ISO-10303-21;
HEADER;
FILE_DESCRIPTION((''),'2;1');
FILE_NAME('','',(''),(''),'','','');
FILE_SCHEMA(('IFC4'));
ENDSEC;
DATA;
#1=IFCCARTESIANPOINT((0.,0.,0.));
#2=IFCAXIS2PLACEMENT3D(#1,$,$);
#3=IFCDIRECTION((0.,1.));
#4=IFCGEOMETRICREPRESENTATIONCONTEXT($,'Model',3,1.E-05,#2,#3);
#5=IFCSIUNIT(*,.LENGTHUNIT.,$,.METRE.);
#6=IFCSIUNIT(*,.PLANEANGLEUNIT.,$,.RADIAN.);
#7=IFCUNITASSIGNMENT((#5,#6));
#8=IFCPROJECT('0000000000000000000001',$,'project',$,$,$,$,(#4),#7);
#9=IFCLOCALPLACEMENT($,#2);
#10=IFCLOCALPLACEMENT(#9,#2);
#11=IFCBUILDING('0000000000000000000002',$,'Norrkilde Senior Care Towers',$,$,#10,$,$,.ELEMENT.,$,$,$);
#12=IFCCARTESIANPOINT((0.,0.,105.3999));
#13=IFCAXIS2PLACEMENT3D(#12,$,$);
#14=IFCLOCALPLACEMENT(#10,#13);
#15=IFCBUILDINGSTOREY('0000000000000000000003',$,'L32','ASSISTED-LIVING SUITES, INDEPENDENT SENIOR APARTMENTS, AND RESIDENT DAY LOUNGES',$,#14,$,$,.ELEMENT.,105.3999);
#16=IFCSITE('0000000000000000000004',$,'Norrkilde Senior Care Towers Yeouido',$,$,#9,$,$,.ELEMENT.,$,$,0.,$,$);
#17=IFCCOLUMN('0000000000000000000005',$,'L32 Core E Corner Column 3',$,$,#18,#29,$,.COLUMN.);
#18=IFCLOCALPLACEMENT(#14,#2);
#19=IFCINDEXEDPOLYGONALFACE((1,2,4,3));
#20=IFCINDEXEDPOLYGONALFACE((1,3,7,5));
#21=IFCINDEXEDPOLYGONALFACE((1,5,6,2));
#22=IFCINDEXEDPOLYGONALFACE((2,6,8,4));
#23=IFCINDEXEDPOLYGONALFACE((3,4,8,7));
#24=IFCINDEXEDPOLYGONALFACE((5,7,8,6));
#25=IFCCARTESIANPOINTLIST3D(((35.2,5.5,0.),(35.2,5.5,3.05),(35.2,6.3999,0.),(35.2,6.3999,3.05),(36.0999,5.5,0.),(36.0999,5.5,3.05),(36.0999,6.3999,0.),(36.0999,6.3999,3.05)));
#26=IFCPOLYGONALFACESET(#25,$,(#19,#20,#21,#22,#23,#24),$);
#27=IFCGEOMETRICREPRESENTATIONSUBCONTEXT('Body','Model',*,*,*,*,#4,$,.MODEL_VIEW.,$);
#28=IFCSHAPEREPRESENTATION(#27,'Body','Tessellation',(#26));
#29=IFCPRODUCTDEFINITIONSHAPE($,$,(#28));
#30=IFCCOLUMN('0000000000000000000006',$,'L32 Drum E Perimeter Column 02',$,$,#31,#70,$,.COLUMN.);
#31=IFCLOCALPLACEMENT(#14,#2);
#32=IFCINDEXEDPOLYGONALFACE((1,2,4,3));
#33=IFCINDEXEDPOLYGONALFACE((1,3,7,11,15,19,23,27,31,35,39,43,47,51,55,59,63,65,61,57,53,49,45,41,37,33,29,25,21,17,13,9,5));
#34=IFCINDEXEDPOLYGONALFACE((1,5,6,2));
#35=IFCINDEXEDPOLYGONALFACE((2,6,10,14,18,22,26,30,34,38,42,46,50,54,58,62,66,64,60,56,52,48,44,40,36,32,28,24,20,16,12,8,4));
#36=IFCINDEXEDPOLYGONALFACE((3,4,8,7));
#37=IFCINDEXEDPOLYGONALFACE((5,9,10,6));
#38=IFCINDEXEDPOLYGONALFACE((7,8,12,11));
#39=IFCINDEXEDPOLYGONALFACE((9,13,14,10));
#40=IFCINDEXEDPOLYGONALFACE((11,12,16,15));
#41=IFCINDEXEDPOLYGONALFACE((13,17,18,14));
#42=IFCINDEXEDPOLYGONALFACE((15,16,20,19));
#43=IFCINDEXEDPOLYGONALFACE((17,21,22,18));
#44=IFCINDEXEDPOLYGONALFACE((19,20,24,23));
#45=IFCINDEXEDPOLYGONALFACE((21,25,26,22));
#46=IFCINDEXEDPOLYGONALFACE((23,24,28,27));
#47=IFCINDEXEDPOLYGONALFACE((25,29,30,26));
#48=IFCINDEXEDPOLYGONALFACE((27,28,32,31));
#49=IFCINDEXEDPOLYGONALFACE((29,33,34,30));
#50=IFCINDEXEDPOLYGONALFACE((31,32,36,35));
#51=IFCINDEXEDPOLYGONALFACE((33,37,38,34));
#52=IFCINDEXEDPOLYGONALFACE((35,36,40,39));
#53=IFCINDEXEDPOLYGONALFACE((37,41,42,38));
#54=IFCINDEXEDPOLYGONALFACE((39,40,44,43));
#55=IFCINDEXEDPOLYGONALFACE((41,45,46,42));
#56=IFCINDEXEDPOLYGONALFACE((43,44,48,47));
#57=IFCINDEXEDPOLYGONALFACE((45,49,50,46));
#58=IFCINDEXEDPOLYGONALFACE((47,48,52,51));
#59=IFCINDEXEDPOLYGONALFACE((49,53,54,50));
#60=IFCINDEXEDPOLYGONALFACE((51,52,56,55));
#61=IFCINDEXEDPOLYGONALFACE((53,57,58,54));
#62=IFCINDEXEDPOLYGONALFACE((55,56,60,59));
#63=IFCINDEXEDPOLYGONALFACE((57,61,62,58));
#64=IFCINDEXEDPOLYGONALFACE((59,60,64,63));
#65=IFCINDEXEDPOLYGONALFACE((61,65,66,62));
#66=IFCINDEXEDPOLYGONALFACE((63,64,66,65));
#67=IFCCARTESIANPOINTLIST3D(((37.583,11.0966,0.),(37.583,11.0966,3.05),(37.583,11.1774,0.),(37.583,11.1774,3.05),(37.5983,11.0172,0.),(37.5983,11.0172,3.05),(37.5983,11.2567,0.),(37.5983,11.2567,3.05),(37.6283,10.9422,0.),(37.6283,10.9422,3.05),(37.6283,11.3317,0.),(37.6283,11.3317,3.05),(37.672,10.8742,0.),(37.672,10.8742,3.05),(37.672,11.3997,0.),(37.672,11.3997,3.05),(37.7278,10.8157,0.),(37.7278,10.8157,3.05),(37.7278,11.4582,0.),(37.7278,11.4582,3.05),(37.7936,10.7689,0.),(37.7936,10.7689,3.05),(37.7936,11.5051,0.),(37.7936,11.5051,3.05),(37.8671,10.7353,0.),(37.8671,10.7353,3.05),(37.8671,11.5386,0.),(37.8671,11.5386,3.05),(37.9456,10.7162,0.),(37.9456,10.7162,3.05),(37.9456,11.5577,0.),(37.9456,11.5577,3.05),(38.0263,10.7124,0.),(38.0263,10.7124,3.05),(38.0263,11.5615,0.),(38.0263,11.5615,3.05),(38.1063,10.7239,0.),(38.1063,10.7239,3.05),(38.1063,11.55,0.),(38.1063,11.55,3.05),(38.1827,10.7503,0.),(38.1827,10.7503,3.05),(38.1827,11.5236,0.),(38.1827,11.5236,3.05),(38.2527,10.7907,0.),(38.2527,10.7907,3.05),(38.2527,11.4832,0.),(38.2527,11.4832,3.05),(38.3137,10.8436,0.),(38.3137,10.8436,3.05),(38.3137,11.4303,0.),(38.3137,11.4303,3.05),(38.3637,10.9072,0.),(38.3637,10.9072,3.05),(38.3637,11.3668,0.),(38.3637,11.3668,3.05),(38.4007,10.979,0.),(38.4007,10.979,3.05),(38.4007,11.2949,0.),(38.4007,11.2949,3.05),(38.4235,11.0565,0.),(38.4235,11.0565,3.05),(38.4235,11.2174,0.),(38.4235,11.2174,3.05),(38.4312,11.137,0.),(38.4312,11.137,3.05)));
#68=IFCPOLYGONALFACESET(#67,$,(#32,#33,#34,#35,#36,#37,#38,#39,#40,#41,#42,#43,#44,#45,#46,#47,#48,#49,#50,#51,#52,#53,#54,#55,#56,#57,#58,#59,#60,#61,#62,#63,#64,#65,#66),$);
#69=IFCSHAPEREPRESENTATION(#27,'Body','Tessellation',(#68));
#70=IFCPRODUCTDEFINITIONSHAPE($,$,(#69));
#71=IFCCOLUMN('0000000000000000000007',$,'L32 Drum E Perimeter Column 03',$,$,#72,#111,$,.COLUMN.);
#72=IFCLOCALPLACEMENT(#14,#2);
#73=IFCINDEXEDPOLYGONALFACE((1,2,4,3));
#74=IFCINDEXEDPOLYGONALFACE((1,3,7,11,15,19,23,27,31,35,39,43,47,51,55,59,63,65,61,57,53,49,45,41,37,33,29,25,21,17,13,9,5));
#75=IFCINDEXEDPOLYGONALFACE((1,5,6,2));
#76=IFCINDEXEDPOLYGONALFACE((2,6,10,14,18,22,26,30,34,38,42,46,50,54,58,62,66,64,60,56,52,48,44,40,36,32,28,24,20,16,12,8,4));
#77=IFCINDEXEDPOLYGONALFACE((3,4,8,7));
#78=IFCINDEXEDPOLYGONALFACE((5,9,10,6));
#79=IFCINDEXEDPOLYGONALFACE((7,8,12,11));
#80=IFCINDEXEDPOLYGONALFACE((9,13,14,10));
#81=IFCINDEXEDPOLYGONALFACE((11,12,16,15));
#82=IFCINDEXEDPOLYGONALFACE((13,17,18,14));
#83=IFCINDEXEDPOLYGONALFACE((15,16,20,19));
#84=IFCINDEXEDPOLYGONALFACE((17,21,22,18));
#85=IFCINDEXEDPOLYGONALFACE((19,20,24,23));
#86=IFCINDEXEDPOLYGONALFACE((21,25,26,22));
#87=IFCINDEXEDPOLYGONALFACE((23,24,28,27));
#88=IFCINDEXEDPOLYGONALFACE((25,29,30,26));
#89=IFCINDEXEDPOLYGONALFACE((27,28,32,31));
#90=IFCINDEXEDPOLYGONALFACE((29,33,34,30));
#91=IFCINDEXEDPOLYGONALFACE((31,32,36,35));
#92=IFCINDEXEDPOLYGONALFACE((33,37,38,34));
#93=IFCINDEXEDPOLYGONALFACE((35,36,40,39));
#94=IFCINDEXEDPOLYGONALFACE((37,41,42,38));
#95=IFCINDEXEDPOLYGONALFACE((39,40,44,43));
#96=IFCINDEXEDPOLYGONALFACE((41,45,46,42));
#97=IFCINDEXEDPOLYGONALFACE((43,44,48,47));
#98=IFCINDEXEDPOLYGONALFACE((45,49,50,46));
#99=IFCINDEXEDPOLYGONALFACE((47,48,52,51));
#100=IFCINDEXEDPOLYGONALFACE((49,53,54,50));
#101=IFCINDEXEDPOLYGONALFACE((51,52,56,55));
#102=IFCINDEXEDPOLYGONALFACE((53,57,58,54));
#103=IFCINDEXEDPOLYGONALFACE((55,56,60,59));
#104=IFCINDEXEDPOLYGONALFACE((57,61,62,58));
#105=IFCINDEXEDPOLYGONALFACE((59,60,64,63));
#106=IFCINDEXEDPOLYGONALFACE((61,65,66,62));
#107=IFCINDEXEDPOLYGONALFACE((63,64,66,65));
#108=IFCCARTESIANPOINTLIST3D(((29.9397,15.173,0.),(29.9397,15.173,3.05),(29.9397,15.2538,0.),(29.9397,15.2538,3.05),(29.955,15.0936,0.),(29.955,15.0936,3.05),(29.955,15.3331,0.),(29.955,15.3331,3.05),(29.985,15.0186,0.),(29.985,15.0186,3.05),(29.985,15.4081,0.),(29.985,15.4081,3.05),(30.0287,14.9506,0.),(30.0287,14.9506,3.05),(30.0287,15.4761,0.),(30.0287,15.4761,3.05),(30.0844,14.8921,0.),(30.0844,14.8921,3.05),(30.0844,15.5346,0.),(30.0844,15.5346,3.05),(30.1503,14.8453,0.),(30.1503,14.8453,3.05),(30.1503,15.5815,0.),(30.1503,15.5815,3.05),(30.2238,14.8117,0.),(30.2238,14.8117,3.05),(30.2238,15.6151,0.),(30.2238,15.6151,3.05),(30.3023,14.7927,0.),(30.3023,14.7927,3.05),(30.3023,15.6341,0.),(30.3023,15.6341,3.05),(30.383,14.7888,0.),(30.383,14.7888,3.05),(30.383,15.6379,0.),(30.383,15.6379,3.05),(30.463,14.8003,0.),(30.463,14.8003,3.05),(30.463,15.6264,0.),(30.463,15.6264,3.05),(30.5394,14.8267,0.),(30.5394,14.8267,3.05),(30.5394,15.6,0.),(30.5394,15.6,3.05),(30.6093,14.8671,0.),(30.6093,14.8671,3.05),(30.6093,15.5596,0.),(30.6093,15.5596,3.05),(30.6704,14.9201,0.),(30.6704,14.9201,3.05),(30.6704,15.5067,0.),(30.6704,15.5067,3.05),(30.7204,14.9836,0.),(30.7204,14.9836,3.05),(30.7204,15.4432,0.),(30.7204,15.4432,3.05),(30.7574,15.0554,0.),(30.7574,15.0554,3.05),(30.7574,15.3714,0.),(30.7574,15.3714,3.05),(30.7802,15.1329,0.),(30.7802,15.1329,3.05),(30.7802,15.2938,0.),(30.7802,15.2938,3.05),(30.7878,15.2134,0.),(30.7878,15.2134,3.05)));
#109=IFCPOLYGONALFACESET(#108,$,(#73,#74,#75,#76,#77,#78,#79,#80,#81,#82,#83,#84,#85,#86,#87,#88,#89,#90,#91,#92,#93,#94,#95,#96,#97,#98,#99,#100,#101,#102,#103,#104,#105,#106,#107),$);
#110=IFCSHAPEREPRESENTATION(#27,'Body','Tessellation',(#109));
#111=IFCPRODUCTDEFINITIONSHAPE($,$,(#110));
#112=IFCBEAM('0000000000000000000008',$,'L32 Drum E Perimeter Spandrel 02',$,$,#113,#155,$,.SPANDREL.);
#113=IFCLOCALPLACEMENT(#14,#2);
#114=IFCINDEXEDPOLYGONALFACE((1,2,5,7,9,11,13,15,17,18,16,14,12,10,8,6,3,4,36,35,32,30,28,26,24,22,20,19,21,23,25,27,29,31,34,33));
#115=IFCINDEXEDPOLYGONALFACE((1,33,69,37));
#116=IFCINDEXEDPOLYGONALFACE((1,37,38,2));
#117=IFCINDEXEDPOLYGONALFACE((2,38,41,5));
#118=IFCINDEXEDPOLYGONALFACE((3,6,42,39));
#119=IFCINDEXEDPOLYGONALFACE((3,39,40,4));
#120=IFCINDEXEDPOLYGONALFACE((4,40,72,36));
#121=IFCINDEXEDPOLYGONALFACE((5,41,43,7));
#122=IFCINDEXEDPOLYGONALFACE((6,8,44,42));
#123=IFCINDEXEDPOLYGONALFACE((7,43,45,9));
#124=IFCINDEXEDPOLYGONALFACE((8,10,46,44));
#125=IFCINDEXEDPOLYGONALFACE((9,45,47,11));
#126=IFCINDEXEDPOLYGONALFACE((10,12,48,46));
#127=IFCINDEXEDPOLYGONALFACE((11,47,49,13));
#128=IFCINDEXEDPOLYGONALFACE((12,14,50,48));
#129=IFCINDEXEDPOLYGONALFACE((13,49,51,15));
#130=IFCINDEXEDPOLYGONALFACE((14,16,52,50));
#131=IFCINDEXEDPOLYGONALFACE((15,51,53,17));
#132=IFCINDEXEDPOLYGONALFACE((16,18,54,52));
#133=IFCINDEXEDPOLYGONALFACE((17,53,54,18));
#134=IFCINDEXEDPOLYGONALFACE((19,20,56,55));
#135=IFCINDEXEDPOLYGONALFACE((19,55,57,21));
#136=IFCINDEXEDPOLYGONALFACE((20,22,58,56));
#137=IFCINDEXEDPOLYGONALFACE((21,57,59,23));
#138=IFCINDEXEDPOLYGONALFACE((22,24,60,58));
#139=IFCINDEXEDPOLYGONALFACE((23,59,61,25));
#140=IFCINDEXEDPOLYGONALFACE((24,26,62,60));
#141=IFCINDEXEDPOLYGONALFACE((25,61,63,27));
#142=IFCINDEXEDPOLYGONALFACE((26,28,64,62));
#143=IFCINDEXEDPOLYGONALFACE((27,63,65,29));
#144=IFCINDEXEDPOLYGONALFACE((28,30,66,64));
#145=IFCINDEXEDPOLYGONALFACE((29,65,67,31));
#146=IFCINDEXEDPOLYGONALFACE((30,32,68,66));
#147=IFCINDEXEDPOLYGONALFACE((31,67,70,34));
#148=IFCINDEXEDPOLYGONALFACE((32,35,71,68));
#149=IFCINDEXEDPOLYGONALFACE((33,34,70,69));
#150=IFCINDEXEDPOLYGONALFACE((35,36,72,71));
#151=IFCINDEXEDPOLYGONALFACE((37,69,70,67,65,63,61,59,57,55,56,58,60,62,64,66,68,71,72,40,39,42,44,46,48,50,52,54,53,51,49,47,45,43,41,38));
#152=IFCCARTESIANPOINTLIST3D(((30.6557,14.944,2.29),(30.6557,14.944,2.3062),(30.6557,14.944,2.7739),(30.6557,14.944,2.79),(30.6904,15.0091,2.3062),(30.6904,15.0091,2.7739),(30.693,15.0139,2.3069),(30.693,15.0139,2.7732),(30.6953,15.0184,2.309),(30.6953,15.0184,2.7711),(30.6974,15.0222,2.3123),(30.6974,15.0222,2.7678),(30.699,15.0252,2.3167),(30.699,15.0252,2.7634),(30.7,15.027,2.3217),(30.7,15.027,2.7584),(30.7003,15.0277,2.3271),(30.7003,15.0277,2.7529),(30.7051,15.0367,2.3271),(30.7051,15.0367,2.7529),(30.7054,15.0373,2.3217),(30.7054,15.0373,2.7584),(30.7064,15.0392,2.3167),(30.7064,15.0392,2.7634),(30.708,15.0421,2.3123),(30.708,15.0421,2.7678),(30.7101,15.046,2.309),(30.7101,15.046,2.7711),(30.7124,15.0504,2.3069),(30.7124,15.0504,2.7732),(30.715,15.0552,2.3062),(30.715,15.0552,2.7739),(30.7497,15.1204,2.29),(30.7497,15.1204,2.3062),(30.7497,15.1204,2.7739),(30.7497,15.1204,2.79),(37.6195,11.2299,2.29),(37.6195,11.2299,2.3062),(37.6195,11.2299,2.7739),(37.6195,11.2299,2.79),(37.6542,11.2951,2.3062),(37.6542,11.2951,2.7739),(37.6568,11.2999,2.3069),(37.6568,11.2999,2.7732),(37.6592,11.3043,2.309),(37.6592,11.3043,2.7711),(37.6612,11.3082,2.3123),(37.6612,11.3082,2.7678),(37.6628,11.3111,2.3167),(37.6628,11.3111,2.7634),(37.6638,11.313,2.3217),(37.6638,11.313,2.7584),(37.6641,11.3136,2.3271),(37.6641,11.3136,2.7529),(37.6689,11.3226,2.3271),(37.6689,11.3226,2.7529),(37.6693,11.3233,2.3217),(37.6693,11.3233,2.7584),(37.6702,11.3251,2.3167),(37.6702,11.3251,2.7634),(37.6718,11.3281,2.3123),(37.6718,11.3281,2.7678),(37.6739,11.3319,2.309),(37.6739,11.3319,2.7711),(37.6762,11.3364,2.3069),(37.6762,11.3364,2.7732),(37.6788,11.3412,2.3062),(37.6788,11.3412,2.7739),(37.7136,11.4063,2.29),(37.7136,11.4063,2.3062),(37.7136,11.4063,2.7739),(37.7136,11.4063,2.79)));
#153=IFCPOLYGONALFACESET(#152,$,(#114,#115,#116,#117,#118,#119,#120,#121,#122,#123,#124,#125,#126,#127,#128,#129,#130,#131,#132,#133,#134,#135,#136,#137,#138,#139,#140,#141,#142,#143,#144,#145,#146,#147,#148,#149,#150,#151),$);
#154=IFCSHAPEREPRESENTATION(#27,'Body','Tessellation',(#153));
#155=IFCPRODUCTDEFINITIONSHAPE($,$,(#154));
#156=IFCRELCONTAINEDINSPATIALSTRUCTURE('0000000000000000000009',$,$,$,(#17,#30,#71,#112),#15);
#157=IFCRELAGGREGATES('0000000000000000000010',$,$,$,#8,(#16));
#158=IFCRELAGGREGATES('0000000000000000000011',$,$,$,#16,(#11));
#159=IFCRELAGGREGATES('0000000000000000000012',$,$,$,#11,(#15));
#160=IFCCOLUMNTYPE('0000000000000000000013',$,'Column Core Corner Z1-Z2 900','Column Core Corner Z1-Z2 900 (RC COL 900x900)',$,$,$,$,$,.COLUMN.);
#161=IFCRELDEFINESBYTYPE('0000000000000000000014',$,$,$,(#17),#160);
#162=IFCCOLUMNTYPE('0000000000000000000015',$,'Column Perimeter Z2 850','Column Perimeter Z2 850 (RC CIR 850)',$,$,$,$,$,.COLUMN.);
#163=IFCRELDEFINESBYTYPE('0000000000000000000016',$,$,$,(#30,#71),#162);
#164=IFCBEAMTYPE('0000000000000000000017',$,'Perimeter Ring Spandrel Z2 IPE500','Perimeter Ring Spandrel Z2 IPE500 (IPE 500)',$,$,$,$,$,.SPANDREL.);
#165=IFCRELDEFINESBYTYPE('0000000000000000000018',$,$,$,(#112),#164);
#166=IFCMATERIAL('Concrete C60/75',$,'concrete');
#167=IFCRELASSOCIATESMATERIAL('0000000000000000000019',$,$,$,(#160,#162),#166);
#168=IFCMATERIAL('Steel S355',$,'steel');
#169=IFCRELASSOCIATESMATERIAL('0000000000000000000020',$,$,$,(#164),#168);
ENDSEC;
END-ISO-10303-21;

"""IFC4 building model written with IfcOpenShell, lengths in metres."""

from ifc_helpers import new_model, si_unit, direction, frame, origin, origin_2d, place, context, subcontext, project, spatial, rectangle, circle, i_section, extrude, source, transform, mapped, material, material_profile, profile_set, type_object, type_shapes, element, save


model = new_model("IFC4")

# Units and contexts
model_context = context("Model", 3, precision=1e-05, world=origin(), true_north=direction((0.0, 1.0)))
body_context = subcontext(model_context, "Body", "Model", "MODEL_VIEW")
ifc_project = project(units=[si_unit("LENGTHUNIT", "METRE"), si_unit("PLANEANGLEUNIT", "RADIAN")], contexts=[model_context])

# Site, building, storey
site_placement = place(None, origin())
site = spatial("IfcSite", under=ifc_project, at=site_placement, Name="Norrkilde Senior Care Towers Yeouido", CompositionType="ELEMENT", RefElevation=0.0)
building_placement = place(site_placement, origin())
building = spatial("IfcBuilding", under=site, at=building_placement, Name="Norrkilde Senior Care Towers", CompositionType="ELEMENT")
storey_placement = place(building_placement, frame((0.0, 0.0, 105.3999)))
storey = spatial("IfcBuildingStorey", under=building, at=storey_placement, Name="L32", Description="ASSISTED-LIVING SUITES, INDEPENDENT SENIOR APARTMENTS, AND RESIDENT DAY LOUNGES", CompositionType="ELEMENT", Elevation=105.3999)

# Columns
ifc_material_1 = material(Name="Concrete C60/75", Category="concrete")
ifc_material_profile_1 = material_profile(ifc_material_1, rectangle(XDim=0.8999, YDim=0.8999, at=origin_2d()), Name="RC COL 900x900")
ifc_profile_set_1 = profile_set([ifc_material_profile_1], Name="Concrete C60/75")
column_type_1 = type_object("IfcColumnType", Name="Column Core Corner Z1-Z2 900", Description="Column Core Corner Z1-Z2 900 (RC COL 900x900)", PredefinedType="COLUMN", material=ifc_profile_set_1)
shared_shape_1 = source(origin(), body_context, "Body", "SweptSolid", [
    extrude(rectangle(XDim=0.8999, YDim=0.8999, at=origin_2d()), origin(), (0.0, 0.0, 1.0), 3.05),
])
type_shapes(column_type_1, [shared_shape_1])
column_placement = place(storey_placement, frame((35.6499, 5.95, 0.0), z_axis=(0.0, 0.0, 1.0), x_axis=(1.0, 0.0, 0.0)))
element("IfcColumn", 1, at=column_placement, inside=storey, type_object=column_type_1, Name="L32 Core E Corner Column 3", PredefinedType="COLUMN", context=body_context, shape_type="MappedRepresentation", body=[
    mapped(shared_shape_1, transform((0.0, 0.0, 0.0), x_axis=(1.0, 0.0, 0.0), y_axis=(0.0, 1.0, 0.0), z_axis=(0.0, 0.0, 1.0), scale=1.0)),
])
ifc_material_profile_2 = material_profile(ifc_material_1, circle(Radius=0.425, at=origin_2d()), Name="RC CIR 850")
ifc_profile_set_2 = profile_set([ifc_material_profile_2], Name="Concrete C60/75")
column_type_2 = type_object("IfcColumnType", Name="Column Perimeter Z2 850", Description="Column Perimeter Z2 850 (RC CIR 850)", PredefinedType="COLUMN", material=ifc_profile_set_2)
shared_shape_2 = source(origin(), body_context, "Body", "SweptSolid", [
    extrude(circle(Radius=0.425, at=origin_2d()), origin(), (0.0, 0.0, 1.0), 3.05),
])
type_shapes(column_type_2, [shared_shape_2])
for number, where, z_axis, x_axis, name in (
    (2, (38.0061, 11.137, 0.0), (0.0, 0.0, 1.0), (1.0, 0.0, 0.0), "L32 Drum E Perimeter Column 02"),
    (3, (30.3628, 15.2134, 0.0), (0.0, 0.0, 1.0), (1.0, 0.0, 0.0), "L32 Drum E Perimeter Column 03"),
):
    element("IfcColumn", number, at=place(storey_placement, frame(where, z_axis=z_axis, x_axis=x_axis)), inside=storey, type_object=column_type_2, Name=name, PredefinedType="COLUMN", context=body_context, shape_type="MappedRepresentation", body=[
        mapped(shared_shape_2, transform((0.0, 0.0, 0.0), x_axis=(1.0, 0.0, 0.0), y_axis=(0.0, 1.0, 0.0), z_axis=(0.0, 0.0, 1.0), scale=1.0)),
    ])

# Beam
ifc_material_2 = material(Name="Steel S355", Category="steel")
ifc_material_profile_3 = material_profile(ifc_material_2, i_section(OverallWidth=0.2, OverallDepth=0.5, WebThickness=0.0103, FlangeThickness=0.0161, FilletRadius=0.021, at=origin_2d()), Name="IPE 500")
ifc_profile_set_3 = profile_set([ifc_material_profile_3], Name="Steel S355")
beam_type_1 = type_object("IfcBeamType", Name="Perimeter Ring Spandrel Z2 IPE500", Description="Perimeter Ring Spandrel Z2 IPE500 (IPE 500)", PredefinedType="SPANDREL", material=ifc_profile_set_3)
shared_shape_3 = source(origin(), body_context, "Body", "SweptSolid", [
    extrude(i_section(OverallWidth=0.2, OverallDepth=0.5, WebThickness=0.0103, FlangeThickness=0.0161, FilletRadius=0.021, at=origin_2d()), origin(), (0.0, 0.0, 1.0), 7.8923),
])
beam_1_placement = place(storey_placement, frame((37.6665, 11.3181, 2.54), z_axis=(-0.88235, 0.470593, 0.0), x_axis=(-0.470593, -0.88235, 0.0)))
element("IfcBeam", 4, at=beam_1_placement, inside=storey, type_object=beam_type_1, Name="L32 Drum E Perimeter Spandrel 02", PredefinedType="SPANDREL", context=body_context, shape_type="MappedRepresentation", body=[
    mapped(shared_shape_3, transform((0.0, 0.0, 0.0), x_axis=(1.0, 0.0, 0.0), y_axis=(0.0, 1.0, 0.0), z_axis=(0.0, 0.0, 1.0), scale=1.0)),
])

save(model, "model.ifc")
